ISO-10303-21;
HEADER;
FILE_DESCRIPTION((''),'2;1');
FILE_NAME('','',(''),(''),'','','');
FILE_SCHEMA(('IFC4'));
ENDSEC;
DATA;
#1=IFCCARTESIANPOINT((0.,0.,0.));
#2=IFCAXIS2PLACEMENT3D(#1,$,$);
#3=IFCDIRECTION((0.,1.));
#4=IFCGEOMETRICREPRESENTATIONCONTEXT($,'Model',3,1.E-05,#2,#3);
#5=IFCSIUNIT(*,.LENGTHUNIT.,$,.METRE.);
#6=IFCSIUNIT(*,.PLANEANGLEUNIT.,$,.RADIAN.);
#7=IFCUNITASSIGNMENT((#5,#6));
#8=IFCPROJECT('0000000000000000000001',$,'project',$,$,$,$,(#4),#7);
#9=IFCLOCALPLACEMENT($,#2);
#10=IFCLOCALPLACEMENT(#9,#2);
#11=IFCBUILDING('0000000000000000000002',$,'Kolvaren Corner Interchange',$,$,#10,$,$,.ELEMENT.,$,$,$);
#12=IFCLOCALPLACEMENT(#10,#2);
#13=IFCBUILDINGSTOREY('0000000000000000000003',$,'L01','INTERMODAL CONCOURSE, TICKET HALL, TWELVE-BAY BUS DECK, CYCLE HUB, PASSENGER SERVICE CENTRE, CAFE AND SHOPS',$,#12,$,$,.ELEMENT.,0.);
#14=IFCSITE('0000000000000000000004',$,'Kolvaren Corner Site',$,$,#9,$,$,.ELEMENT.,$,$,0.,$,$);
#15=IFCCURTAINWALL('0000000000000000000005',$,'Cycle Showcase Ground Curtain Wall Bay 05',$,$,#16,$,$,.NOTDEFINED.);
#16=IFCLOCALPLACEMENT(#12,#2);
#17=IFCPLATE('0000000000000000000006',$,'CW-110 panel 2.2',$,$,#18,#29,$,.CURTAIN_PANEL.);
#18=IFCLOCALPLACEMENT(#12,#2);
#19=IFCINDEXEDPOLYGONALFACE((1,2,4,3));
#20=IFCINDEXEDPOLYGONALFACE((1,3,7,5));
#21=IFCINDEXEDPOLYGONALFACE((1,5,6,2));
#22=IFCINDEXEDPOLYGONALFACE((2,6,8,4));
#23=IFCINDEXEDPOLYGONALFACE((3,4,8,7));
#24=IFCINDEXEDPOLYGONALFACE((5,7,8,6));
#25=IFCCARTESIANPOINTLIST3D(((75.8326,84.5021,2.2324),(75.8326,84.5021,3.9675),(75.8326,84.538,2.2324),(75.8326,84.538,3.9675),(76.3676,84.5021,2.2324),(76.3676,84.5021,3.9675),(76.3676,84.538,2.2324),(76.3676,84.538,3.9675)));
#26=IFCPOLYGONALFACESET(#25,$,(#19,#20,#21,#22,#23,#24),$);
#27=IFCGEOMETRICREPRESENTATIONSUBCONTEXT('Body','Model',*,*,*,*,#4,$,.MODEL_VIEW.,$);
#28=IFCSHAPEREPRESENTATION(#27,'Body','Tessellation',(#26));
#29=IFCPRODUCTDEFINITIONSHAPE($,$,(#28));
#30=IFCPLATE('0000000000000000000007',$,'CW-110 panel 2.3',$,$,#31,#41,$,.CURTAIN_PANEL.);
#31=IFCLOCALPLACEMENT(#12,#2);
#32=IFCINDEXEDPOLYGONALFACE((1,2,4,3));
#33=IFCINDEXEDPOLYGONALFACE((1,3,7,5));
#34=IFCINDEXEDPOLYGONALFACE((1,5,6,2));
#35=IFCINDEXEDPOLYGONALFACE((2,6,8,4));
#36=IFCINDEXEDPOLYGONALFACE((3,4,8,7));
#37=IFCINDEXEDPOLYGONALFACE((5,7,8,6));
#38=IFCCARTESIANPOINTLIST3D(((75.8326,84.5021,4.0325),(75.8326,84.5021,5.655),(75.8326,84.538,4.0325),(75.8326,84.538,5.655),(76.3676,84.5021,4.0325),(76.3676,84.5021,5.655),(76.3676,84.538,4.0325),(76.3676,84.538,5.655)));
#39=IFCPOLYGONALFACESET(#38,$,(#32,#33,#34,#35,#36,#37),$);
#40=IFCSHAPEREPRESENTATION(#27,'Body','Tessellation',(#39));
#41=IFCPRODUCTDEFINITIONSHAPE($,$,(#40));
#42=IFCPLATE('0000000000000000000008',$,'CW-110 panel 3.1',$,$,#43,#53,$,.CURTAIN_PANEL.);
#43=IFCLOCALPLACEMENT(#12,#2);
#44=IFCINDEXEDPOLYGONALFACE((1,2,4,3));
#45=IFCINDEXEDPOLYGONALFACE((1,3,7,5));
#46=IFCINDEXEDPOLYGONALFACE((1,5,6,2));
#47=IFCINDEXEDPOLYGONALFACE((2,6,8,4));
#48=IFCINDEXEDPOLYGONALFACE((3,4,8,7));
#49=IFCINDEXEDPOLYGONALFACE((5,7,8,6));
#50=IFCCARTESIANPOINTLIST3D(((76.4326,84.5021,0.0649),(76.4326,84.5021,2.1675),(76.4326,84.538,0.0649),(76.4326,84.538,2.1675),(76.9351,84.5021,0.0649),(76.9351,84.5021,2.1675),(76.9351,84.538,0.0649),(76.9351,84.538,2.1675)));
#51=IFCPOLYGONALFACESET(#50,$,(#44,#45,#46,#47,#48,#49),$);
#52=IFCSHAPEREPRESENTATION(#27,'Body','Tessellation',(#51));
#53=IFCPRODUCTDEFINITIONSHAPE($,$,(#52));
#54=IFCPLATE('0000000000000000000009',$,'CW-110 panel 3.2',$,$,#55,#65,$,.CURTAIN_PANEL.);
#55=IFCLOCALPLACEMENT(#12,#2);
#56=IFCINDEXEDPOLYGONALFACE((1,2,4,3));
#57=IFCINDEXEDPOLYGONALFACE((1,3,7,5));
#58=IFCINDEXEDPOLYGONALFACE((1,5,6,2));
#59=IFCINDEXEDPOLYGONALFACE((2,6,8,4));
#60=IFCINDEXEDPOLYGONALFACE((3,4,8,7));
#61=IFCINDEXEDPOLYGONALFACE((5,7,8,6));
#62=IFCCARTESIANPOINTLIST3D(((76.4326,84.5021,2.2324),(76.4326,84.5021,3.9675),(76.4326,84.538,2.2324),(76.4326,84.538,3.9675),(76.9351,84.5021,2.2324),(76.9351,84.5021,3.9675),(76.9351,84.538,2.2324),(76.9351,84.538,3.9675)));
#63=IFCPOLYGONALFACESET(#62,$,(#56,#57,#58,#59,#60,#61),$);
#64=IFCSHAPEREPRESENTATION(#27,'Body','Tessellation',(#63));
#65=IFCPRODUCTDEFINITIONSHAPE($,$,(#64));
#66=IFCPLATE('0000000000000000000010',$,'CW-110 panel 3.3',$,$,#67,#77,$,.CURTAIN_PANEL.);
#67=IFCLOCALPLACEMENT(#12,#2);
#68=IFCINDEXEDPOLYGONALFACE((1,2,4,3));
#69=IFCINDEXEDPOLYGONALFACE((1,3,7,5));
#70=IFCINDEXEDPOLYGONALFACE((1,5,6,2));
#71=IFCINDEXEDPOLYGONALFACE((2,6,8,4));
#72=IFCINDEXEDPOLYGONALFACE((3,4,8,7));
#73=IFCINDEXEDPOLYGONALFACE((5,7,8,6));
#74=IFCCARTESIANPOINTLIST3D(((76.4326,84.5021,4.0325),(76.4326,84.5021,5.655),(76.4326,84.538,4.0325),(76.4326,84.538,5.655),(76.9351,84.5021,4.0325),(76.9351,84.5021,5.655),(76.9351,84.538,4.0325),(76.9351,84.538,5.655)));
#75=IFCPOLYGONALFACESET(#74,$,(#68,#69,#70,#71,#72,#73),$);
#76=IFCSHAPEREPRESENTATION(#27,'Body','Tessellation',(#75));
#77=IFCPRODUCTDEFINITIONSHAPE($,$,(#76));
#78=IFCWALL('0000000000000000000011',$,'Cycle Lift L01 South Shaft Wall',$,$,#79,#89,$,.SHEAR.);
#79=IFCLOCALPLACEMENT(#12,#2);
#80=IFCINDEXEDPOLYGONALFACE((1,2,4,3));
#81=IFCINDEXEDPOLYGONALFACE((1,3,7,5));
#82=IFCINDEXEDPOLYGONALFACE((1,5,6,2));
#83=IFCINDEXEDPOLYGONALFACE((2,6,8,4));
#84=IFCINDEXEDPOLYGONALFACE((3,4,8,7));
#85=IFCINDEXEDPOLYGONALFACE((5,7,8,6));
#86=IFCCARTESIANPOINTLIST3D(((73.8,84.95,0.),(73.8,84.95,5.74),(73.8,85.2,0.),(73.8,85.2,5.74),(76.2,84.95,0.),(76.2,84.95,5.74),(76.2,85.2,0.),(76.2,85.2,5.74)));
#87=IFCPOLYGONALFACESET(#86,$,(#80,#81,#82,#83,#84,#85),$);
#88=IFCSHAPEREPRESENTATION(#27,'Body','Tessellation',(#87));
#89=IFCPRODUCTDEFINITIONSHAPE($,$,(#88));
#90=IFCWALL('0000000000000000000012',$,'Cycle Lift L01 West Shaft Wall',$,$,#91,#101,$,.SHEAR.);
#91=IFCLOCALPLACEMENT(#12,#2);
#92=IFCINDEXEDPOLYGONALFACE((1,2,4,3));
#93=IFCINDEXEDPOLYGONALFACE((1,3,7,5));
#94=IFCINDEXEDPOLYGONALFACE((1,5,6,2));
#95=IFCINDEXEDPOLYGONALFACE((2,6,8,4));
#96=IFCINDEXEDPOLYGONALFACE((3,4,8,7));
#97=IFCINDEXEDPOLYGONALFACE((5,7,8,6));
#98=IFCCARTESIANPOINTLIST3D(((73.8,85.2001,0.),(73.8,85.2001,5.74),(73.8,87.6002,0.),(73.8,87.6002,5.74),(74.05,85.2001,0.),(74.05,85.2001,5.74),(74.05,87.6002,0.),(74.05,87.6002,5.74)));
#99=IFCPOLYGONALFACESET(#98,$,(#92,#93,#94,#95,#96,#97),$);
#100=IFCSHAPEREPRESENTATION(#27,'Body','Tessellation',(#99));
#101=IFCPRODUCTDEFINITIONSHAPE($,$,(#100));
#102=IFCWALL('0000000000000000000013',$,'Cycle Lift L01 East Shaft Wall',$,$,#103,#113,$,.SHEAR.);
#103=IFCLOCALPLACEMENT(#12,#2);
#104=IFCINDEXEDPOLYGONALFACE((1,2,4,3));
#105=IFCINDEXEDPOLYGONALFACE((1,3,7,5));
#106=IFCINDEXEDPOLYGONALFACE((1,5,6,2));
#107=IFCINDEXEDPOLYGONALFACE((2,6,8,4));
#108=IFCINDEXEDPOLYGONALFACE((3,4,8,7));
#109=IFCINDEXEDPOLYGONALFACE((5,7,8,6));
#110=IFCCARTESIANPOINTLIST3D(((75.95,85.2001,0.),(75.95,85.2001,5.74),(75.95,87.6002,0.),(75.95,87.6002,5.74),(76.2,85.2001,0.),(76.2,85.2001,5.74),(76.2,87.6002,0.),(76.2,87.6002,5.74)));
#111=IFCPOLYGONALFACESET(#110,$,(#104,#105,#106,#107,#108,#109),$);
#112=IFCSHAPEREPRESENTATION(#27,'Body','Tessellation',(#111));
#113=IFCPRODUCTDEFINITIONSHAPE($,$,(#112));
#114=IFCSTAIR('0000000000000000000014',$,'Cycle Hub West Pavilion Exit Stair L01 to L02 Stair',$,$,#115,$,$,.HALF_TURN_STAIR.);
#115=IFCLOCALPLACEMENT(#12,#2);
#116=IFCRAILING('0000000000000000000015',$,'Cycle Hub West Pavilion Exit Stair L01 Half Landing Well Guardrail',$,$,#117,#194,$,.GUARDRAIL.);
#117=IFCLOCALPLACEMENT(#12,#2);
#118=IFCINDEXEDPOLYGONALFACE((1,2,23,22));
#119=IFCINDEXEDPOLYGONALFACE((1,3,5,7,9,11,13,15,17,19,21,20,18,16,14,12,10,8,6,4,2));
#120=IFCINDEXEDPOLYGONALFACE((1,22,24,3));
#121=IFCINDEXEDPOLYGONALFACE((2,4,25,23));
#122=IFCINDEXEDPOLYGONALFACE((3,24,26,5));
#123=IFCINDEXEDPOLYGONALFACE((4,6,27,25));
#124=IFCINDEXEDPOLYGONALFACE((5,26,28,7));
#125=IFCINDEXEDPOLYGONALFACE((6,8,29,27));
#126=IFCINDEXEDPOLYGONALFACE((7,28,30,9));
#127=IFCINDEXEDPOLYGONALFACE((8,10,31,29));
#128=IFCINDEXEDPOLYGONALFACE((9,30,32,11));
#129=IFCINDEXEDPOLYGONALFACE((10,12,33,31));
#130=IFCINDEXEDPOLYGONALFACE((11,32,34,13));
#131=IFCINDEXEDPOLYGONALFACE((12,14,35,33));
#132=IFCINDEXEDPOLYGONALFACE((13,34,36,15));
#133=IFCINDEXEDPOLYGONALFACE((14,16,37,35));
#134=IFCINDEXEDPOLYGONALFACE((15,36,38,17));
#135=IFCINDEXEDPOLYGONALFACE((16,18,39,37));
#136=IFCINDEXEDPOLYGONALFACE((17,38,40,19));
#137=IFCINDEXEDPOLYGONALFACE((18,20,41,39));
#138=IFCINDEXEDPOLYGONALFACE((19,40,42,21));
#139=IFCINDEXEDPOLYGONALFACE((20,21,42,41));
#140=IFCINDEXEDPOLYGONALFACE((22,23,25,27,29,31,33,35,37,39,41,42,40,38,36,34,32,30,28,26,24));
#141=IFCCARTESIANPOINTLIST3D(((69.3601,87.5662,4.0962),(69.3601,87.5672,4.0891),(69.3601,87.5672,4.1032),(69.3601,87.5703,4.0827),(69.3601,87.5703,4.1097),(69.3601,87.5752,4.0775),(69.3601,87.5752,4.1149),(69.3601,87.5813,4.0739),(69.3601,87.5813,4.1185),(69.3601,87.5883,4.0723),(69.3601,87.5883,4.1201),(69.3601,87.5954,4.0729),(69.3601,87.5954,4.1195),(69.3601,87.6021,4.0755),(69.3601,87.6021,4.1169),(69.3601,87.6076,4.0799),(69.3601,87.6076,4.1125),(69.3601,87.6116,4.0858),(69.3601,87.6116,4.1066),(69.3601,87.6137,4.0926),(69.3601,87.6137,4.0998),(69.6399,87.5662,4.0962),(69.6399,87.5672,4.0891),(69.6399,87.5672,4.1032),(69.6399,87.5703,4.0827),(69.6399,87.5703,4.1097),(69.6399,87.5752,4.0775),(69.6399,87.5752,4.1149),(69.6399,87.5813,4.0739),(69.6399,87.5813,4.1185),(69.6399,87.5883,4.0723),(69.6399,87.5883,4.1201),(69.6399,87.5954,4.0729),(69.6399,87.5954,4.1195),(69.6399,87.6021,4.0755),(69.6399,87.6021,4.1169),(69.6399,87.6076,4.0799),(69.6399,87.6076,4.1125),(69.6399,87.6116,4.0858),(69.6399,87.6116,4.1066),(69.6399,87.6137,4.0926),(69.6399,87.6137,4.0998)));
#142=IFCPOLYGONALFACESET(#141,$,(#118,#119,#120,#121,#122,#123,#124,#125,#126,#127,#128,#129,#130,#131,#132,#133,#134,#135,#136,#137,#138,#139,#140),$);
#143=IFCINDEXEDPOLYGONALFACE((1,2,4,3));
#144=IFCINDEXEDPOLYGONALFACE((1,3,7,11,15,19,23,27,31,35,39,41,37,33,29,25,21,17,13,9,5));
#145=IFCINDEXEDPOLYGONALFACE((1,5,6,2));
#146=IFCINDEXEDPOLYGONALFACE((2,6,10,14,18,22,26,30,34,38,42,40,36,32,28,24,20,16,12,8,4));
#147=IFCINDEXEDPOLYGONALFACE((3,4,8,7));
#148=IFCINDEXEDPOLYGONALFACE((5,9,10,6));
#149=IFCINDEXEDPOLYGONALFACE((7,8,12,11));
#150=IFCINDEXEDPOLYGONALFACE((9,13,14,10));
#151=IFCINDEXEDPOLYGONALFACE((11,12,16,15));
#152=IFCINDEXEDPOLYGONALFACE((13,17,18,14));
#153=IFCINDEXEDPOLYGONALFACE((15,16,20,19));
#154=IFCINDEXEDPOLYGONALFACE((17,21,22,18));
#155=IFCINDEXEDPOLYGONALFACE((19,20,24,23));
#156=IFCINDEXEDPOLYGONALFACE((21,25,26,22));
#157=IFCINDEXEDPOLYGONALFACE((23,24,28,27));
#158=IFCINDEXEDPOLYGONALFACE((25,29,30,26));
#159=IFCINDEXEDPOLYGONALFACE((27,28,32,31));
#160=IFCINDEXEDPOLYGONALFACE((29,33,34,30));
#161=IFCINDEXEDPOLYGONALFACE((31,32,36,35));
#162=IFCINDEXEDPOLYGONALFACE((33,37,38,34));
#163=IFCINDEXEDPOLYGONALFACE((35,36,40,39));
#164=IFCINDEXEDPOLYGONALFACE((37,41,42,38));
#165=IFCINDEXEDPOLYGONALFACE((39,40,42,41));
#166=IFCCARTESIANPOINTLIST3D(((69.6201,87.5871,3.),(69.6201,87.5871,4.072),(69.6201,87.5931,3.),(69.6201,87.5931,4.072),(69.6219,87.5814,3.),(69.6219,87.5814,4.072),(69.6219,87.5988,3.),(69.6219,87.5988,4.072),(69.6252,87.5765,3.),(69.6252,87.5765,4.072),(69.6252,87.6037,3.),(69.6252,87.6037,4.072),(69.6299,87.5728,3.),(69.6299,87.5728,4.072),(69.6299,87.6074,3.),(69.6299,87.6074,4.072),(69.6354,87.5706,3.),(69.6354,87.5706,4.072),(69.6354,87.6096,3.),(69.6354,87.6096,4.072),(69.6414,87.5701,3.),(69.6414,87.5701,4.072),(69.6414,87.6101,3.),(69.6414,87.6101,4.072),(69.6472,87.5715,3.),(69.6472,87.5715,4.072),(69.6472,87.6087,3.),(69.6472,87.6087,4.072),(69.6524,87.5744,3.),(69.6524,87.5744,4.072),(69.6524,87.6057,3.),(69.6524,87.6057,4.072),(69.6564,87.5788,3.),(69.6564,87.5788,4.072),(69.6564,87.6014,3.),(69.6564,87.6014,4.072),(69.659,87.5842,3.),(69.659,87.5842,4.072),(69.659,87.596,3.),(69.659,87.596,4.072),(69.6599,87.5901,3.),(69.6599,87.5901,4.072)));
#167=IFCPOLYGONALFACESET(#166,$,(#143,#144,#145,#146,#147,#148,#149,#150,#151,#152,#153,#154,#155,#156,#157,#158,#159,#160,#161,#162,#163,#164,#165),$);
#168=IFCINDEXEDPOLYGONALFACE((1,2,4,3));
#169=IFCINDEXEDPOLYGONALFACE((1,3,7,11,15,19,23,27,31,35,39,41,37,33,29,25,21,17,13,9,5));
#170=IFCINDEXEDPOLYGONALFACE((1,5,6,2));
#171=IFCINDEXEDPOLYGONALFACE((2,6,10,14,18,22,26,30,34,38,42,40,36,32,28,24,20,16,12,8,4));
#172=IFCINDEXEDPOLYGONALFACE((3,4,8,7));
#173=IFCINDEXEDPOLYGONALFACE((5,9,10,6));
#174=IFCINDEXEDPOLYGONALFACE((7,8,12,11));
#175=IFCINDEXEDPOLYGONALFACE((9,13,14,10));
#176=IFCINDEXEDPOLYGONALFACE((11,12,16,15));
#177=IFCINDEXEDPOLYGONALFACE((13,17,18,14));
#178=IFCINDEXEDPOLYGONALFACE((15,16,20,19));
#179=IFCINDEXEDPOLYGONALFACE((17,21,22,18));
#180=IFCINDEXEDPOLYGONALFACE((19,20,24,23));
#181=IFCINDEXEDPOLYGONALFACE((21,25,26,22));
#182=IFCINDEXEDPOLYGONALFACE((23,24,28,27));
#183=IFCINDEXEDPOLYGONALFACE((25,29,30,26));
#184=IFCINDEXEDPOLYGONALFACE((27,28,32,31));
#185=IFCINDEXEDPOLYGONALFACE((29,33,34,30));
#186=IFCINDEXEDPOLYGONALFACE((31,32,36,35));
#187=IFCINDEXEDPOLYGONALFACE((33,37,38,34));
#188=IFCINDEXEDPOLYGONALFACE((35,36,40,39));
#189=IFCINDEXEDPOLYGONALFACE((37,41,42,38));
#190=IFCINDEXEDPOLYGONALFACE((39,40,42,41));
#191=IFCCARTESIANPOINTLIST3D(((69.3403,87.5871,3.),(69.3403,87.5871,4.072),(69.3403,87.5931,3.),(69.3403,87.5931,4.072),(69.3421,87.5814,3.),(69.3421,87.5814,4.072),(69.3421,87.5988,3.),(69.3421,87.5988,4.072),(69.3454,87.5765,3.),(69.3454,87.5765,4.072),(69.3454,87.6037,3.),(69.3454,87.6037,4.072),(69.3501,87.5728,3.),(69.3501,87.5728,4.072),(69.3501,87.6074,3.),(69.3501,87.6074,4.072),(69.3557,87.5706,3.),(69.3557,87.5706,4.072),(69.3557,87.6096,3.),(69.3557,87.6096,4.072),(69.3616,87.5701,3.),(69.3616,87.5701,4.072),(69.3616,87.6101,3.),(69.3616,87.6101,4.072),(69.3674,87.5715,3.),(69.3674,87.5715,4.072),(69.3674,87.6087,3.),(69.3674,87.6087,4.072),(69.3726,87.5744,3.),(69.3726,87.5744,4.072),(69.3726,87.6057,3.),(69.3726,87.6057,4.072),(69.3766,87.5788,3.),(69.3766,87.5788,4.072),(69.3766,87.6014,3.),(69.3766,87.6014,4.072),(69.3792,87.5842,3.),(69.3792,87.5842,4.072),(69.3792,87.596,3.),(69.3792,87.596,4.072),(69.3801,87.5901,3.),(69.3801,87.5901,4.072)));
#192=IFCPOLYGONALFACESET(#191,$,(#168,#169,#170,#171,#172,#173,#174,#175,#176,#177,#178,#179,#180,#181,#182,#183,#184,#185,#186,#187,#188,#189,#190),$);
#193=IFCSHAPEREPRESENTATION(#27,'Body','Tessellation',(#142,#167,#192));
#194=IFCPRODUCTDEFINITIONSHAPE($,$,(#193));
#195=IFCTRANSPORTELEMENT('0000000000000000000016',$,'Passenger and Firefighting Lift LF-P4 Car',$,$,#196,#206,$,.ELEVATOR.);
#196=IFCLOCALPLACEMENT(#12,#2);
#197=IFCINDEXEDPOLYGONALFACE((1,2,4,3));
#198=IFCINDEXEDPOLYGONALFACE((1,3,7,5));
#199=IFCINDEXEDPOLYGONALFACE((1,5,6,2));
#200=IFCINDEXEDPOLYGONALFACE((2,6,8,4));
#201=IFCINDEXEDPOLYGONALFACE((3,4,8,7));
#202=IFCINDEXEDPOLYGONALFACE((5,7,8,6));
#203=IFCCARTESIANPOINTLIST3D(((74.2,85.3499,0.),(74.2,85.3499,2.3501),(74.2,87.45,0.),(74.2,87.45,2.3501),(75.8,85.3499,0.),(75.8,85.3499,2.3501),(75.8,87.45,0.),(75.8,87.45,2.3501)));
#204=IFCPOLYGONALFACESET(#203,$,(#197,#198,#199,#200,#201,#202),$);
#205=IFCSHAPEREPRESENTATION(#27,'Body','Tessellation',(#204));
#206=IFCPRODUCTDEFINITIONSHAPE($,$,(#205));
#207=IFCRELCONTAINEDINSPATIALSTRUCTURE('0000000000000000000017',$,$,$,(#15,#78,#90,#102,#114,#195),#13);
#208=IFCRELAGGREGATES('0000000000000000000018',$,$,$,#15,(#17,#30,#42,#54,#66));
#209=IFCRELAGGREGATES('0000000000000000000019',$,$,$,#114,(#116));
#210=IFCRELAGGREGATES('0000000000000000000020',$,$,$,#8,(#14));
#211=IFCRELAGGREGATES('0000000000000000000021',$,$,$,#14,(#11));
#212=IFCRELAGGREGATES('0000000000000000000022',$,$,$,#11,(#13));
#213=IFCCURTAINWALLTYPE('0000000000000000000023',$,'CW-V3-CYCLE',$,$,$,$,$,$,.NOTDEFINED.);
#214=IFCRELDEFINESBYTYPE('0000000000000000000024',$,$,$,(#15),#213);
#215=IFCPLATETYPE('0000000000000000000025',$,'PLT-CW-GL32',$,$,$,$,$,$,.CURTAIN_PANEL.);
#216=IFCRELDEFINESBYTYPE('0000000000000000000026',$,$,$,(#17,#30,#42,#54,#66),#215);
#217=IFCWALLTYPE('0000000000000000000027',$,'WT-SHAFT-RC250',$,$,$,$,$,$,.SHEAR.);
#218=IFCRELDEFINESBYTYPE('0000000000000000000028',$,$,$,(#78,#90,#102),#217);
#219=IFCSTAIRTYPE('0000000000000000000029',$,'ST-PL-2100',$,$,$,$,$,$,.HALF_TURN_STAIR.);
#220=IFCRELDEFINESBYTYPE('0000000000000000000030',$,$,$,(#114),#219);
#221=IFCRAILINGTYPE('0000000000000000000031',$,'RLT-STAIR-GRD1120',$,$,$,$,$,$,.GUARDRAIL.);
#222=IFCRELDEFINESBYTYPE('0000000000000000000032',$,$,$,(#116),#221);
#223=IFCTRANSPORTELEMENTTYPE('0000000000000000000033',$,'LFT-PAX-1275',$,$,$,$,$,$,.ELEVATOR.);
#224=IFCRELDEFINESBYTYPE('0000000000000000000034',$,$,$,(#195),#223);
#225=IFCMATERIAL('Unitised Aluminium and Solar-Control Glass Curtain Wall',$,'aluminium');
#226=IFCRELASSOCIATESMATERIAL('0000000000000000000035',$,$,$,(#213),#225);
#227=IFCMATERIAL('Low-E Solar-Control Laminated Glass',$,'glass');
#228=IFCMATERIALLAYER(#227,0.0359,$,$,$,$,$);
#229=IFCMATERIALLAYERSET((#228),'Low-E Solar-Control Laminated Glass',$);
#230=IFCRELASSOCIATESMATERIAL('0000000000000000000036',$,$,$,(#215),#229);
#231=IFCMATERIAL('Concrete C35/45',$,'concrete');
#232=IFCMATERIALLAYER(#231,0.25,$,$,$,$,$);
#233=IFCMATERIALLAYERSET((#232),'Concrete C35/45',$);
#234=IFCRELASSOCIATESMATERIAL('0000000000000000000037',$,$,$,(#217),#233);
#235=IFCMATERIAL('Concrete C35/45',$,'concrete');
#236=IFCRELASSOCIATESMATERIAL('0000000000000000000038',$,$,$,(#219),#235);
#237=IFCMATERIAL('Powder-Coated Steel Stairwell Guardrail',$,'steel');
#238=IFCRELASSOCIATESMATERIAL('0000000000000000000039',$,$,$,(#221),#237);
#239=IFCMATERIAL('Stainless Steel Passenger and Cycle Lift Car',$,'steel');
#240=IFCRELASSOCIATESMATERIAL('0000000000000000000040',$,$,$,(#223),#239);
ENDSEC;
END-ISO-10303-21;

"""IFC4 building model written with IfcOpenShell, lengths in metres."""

from ifc_helpers import new_model, si_unit, direction, frame, frame_2d, origin, origin_2d, place, context, subcontext, project, spatial, rectangle, circle, extrude, material, layer, layer_set, type_object, element, aggregate, save


model = new_model("IFC4")

# Units and contexts
model_context = context("Model", 3, precision=1e-05, world=origin(), true_north=direction((0.0, 1.0)))
body_context = subcontext(model_context, "Body", "Model", "MODEL_VIEW")
ifc_project = project(units=[si_unit("LENGTHUNIT", "METRE"), si_unit("PLANEANGLEUNIT", "RADIAN")], contexts=[model_context])

# Site, building, storey
site_placement = place(None, origin())
site = spatial("IfcSite", under=ifc_project, at=site_placement, Name="Kolvaren Corner Site", CompositionType="ELEMENT", RefElevation=0.0)
building_placement = place(site_placement, origin())
building = spatial("IfcBuilding", under=site, at=building_placement, Name="Kolvaren Corner Interchange", CompositionType="ELEMENT")
storey_placement = place(building_placement, origin())
storey = spatial("IfcBuildingStorey", under=building, at=storey_placement, Name="L01", Description="INTERMODAL CONCOURSE, TICKET HALL, TWELVE-BAY BUS DECK, CYCLE HUB, PASSENGER SERVICE CENTRE, CAFE AND SHOPS", CompositionType="ELEMENT", Elevation=0.0)

# Curtain wall
ifc_material_1 = material(Name="Unitised Aluminium and Solar-Control Glass Curtain Wall", Category="aluminium")
curtain_wall_type = type_object("IfcCurtainWallType", Name="CW-V3-CYCLE", PredefinedType="NOTDEFINED", material=ifc_material_1)
curtain_wall_1_placement = place(storey_placement, origin())
curtain_wall_1 = element("IfcCurtainWall", 1, at=curtain_wall_1_placement, inside=storey, type_object=curtain_wall_type, Name="Cycle Showcase Ground Curtain Wall Bay 05", PredefinedType="NOTDEFINED")

# Plates
ifc_material_2 = material(Name="Low-E Solar-Control Laminated Glass", Category="glass")
ifc_layer_1 = layer(ifc_material_2, 0.0359)
ifc_layer_set_1 = layer_set([ifc_layer_1], Name="Low-E Solar-Control Laminated Glass")
plate_type = type_object("IfcPlateType", Name="PLT-CW-GL32", PredefinedType="CURTAIN_PANEL", material=ifc_layer_set_1)
plate_1_placement = place(storey_placement, frame((76.1001, 84.52, 2.2324), z_axis=(0.0, 0.0, 1.0), x_axis=(1.0, 0.0, 0.0)))
plate_1 = element("IfcPlate", 2, at=plate_1_placement, type_object=plate_type, Name="CW-110 panel 2.2", PredefinedType="CURTAIN_PANEL", context=body_context, shape_type="SweptSolid", body=[
    extrude(rectangle(XDim=0.5349, YDim=0.0359, at=origin_2d()), origin(), (0.0, 0.0, 1.0), 1.7351),
])
plate_2_placement = place(storey_placement, frame((76.1001, 84.52, 4.0325), z_axis=(0.0, 0.0, 1.0), x_axis=(1.0, 0.0, 0.0)))
plate_2 = element("IfcPlate", 3, at=plate_2_placement, type_object=plate_type, Name="CW-110 panel 2.3", PredefinedType="CURTAIN_PANEL", context=body_context, shape_type="SweptSolid", body=[
    extrude(rectangle(XDim=0.5349, YDim=0.0359, at=origin_2d()), origin(), (0.0, 0.0, 1.0), 1.6226),
])
plate_3_placement = place(storey_placement, frame((76.6838, 84.52, 0.0649), z_axis=(0.0, 0.0, 1.0), x_axis=(1.0, 0.0, 0.0)))
plate_3 = element("IfcPlate", 4, at=plate_3_placement, type_object=plate_type, Name="CW-110 panel 3.1", PredefinedType="CURTAIN_PANEL", context=body_context, shape_type="SweptSolid", body=[
    extrude(rectangle(XDim=0.5024, YDim=0.0359, at=origin_2d()), origin(), (0.0, 0.0, 1.0), 2.1025),
])
plate_4_placement = place(storey_placement, frame((76.6838, 84.52, 2.2324), z_axis=(0.0, 0.0, 1.0), x_axis=(1.0, 0.0, 0.0)))
plate_4 = element("IfcPlate", 5, at=plate_4_placement, type_object=plate_type, Name="CW-110 panel 3.2", PredefinedType="CURTAIN_PANEL", context=body_context, shape_type="SweptSolid", body=[
    extrude(rectangle(XDim=0.5024, YDim=0.0359, at=origin_2d()), origin(), (0.0, 0.0, 1.0), 1.7351),
])
plate_5_placement = place(storey_placement, frame((76.6838, 84.52, 4.0325), z_axis=(0.0, 0.0, 1.0), x_axis=(1.0, 0.0, 0.0)))
plate_5 = element("IfcPlate", 6, at=plate_5_placement, type_object=plate_type, Name="CW-110 panel 3.3", PredefinedType="CURTAIN_PANEL", context=body_context, shape_type="SweptSolid", body=[
    extrude(rectangle(XDim=0.5024, YDim=0.0359, at=origin_2d()), origin(), (0.0, 0.0, 1.0), 1.6226),
])
aggregate(curtain_wall_1, [plate_1, plate_2, plate_3, plate_4, plate_5])

# Walls
ifc_material_3 = material(Name="Concrete C35/45", Category="concrete")
ifc_layer_2 = layer(ifc_material_3, 0.25)
ifc_layer_set_2 = layer_set([ifc_layer_2], Name="Concrete C35/45")
wall_type_1 = type_object("IfcWallType", Name="WT-SHAFT-RC250", PredefinedType="SHEAR", material=ifc_layer_set_2)
wall_1_placement = place(storey_placement, frame((73.8, 85.075, 0.0), z_axis=(0.0, 0.0, 1.0), x_axis=(1.0, 0.0, 0.0)))
element("IfcWall", 7, at=wall_1_placement, inside=storey, type_object=wall_type_1, Name="Cycle Lift L01 South Shaft Wall", PredefinedType="SHEAR", context=body_context, shape_type="SweptSolid", body=[
    extrude(rectangle(XDim=2.3999, YDim=0.25, at=frame_2d((1.2, 0.0))), origin(), (0.0, 0.0, 1.0), 5.74),
])
for number, where, z_axis, x_axis, name in (
    (8, (73.925, 85.2, 0.0), (0.0, 0.0, 1.0), (0.0, 1.0, 0.0), "Cycle Lift L01 West Shaft Wall"),
    (9, (76.075, 85.2, 0.0), (0.0, 0.0, 1.0), (0.0, 1.0, 0.0), "Cycle Lift L01 East Shaft Wall"),
):
    element("IfcWall", number, at=place(storey_placement, frame(where, z_axis=z_axis, x_axis=x_axis)), inside=storey, type_object=wall_type_1, Name=name, PredefinedType="SHEAR", context=body_context, shape_type="SweptSolid", body=[
        extrude(rectangle(XDim=2.4001, YDim=0.25, at=frame_2d((1.2002, 0.0))), origin(), (0.0, 0.0, 1.0), 5.74),
    ])

# Stair, railing
ifc_material_4 = material(Name="Concrete C35/45", Category="concrete")
stair_type = type_object("IfcStairType", Name="ST-PL-2100", PredefinedType="HALF_TURN_STAIR", material=ifc_material_4)
stair_placement = place(storey_placement, origin())
stair = element("IfcStair", 10, at=stair_placement, inside=storey, type_object=stair_type, Name="Cycle Hub West Pavilion Exit Stair L01 to L02 Stair", PredefinedType="HALF_TURN_STAIR")
ifc_material_5 = material(Name="Powder-Coated Steel Stairwell Guardrail", Category="steel")
railing_type = type_object("IfcRailingType", Name="RLT-STAIR-GRD1120", PredefinedType="GUARDRAIL", material=ifc_material_5)
railing_placement = place(storey_placement, frame((69.6399, 87.5901, 3.0)))
railing = element("IfcRailing", 11, at=railing_placement, type_object=railing_type, Name="Cycle Hub West Pavilion Exit Stair L01 Half Landing Well Guardrail", PredefinedType="GUARDRAIL", context=body_context, shape_type="SweptSolid", body=[
    extrude(circle(Radius=0.0239, at=origin_2d()), frame((0.0, 0.0, 1.0962), z_axis=(-1.0, 0.0, 0.0), x_axis=(0.0, -1.0, 0.0)), (0.0, 0.0, 1.0), 0.2798),
    extrude(circle(Radius=0.02, at=origin_2d()), origin(), (0.0, 0.0, 1.0), 1.072),
    extrude(circle(Radius=0.02, at=origin_2d()), frame((-0.2798, 0.0, 0.0)), (0.0, 0.0, 1.0), 1.072),
])
aggregate(stair, [railing])

# Transport element
ifc_material_6 = material(Name="Stainless Steel Passenger and Cycle Lift Car", Category="steel")
transport_element_type = type_object("IfcTransportElementType", Name="LFT-PAX-1275", PredefinedType="ELEVATOR", material=ifc_material_6)
transport_element_placement = place(storey_placement, frame((75.0, 86.3999, 0.0), z_axis=(0.0, 0.0, 1.0), x_axis=(1.0, 0.0, 0.0)))
element("IfcTransportElement", 12, at=transport_element_placement, inside=storey, type_object=transport_element_type, Name="Passenger and Firefighting Lift LF-P4 Car", PredefinedType="ELEVATOR", context=body_context, shape_type="SweptSolid", body=[
    extrude(rectangle(XDim=1.6001, YDim=2.1001, at=origin_2d()), origin(), (0.0, 0.0, 1.0), 2.3501),
])

save(model, "model.ifc")
